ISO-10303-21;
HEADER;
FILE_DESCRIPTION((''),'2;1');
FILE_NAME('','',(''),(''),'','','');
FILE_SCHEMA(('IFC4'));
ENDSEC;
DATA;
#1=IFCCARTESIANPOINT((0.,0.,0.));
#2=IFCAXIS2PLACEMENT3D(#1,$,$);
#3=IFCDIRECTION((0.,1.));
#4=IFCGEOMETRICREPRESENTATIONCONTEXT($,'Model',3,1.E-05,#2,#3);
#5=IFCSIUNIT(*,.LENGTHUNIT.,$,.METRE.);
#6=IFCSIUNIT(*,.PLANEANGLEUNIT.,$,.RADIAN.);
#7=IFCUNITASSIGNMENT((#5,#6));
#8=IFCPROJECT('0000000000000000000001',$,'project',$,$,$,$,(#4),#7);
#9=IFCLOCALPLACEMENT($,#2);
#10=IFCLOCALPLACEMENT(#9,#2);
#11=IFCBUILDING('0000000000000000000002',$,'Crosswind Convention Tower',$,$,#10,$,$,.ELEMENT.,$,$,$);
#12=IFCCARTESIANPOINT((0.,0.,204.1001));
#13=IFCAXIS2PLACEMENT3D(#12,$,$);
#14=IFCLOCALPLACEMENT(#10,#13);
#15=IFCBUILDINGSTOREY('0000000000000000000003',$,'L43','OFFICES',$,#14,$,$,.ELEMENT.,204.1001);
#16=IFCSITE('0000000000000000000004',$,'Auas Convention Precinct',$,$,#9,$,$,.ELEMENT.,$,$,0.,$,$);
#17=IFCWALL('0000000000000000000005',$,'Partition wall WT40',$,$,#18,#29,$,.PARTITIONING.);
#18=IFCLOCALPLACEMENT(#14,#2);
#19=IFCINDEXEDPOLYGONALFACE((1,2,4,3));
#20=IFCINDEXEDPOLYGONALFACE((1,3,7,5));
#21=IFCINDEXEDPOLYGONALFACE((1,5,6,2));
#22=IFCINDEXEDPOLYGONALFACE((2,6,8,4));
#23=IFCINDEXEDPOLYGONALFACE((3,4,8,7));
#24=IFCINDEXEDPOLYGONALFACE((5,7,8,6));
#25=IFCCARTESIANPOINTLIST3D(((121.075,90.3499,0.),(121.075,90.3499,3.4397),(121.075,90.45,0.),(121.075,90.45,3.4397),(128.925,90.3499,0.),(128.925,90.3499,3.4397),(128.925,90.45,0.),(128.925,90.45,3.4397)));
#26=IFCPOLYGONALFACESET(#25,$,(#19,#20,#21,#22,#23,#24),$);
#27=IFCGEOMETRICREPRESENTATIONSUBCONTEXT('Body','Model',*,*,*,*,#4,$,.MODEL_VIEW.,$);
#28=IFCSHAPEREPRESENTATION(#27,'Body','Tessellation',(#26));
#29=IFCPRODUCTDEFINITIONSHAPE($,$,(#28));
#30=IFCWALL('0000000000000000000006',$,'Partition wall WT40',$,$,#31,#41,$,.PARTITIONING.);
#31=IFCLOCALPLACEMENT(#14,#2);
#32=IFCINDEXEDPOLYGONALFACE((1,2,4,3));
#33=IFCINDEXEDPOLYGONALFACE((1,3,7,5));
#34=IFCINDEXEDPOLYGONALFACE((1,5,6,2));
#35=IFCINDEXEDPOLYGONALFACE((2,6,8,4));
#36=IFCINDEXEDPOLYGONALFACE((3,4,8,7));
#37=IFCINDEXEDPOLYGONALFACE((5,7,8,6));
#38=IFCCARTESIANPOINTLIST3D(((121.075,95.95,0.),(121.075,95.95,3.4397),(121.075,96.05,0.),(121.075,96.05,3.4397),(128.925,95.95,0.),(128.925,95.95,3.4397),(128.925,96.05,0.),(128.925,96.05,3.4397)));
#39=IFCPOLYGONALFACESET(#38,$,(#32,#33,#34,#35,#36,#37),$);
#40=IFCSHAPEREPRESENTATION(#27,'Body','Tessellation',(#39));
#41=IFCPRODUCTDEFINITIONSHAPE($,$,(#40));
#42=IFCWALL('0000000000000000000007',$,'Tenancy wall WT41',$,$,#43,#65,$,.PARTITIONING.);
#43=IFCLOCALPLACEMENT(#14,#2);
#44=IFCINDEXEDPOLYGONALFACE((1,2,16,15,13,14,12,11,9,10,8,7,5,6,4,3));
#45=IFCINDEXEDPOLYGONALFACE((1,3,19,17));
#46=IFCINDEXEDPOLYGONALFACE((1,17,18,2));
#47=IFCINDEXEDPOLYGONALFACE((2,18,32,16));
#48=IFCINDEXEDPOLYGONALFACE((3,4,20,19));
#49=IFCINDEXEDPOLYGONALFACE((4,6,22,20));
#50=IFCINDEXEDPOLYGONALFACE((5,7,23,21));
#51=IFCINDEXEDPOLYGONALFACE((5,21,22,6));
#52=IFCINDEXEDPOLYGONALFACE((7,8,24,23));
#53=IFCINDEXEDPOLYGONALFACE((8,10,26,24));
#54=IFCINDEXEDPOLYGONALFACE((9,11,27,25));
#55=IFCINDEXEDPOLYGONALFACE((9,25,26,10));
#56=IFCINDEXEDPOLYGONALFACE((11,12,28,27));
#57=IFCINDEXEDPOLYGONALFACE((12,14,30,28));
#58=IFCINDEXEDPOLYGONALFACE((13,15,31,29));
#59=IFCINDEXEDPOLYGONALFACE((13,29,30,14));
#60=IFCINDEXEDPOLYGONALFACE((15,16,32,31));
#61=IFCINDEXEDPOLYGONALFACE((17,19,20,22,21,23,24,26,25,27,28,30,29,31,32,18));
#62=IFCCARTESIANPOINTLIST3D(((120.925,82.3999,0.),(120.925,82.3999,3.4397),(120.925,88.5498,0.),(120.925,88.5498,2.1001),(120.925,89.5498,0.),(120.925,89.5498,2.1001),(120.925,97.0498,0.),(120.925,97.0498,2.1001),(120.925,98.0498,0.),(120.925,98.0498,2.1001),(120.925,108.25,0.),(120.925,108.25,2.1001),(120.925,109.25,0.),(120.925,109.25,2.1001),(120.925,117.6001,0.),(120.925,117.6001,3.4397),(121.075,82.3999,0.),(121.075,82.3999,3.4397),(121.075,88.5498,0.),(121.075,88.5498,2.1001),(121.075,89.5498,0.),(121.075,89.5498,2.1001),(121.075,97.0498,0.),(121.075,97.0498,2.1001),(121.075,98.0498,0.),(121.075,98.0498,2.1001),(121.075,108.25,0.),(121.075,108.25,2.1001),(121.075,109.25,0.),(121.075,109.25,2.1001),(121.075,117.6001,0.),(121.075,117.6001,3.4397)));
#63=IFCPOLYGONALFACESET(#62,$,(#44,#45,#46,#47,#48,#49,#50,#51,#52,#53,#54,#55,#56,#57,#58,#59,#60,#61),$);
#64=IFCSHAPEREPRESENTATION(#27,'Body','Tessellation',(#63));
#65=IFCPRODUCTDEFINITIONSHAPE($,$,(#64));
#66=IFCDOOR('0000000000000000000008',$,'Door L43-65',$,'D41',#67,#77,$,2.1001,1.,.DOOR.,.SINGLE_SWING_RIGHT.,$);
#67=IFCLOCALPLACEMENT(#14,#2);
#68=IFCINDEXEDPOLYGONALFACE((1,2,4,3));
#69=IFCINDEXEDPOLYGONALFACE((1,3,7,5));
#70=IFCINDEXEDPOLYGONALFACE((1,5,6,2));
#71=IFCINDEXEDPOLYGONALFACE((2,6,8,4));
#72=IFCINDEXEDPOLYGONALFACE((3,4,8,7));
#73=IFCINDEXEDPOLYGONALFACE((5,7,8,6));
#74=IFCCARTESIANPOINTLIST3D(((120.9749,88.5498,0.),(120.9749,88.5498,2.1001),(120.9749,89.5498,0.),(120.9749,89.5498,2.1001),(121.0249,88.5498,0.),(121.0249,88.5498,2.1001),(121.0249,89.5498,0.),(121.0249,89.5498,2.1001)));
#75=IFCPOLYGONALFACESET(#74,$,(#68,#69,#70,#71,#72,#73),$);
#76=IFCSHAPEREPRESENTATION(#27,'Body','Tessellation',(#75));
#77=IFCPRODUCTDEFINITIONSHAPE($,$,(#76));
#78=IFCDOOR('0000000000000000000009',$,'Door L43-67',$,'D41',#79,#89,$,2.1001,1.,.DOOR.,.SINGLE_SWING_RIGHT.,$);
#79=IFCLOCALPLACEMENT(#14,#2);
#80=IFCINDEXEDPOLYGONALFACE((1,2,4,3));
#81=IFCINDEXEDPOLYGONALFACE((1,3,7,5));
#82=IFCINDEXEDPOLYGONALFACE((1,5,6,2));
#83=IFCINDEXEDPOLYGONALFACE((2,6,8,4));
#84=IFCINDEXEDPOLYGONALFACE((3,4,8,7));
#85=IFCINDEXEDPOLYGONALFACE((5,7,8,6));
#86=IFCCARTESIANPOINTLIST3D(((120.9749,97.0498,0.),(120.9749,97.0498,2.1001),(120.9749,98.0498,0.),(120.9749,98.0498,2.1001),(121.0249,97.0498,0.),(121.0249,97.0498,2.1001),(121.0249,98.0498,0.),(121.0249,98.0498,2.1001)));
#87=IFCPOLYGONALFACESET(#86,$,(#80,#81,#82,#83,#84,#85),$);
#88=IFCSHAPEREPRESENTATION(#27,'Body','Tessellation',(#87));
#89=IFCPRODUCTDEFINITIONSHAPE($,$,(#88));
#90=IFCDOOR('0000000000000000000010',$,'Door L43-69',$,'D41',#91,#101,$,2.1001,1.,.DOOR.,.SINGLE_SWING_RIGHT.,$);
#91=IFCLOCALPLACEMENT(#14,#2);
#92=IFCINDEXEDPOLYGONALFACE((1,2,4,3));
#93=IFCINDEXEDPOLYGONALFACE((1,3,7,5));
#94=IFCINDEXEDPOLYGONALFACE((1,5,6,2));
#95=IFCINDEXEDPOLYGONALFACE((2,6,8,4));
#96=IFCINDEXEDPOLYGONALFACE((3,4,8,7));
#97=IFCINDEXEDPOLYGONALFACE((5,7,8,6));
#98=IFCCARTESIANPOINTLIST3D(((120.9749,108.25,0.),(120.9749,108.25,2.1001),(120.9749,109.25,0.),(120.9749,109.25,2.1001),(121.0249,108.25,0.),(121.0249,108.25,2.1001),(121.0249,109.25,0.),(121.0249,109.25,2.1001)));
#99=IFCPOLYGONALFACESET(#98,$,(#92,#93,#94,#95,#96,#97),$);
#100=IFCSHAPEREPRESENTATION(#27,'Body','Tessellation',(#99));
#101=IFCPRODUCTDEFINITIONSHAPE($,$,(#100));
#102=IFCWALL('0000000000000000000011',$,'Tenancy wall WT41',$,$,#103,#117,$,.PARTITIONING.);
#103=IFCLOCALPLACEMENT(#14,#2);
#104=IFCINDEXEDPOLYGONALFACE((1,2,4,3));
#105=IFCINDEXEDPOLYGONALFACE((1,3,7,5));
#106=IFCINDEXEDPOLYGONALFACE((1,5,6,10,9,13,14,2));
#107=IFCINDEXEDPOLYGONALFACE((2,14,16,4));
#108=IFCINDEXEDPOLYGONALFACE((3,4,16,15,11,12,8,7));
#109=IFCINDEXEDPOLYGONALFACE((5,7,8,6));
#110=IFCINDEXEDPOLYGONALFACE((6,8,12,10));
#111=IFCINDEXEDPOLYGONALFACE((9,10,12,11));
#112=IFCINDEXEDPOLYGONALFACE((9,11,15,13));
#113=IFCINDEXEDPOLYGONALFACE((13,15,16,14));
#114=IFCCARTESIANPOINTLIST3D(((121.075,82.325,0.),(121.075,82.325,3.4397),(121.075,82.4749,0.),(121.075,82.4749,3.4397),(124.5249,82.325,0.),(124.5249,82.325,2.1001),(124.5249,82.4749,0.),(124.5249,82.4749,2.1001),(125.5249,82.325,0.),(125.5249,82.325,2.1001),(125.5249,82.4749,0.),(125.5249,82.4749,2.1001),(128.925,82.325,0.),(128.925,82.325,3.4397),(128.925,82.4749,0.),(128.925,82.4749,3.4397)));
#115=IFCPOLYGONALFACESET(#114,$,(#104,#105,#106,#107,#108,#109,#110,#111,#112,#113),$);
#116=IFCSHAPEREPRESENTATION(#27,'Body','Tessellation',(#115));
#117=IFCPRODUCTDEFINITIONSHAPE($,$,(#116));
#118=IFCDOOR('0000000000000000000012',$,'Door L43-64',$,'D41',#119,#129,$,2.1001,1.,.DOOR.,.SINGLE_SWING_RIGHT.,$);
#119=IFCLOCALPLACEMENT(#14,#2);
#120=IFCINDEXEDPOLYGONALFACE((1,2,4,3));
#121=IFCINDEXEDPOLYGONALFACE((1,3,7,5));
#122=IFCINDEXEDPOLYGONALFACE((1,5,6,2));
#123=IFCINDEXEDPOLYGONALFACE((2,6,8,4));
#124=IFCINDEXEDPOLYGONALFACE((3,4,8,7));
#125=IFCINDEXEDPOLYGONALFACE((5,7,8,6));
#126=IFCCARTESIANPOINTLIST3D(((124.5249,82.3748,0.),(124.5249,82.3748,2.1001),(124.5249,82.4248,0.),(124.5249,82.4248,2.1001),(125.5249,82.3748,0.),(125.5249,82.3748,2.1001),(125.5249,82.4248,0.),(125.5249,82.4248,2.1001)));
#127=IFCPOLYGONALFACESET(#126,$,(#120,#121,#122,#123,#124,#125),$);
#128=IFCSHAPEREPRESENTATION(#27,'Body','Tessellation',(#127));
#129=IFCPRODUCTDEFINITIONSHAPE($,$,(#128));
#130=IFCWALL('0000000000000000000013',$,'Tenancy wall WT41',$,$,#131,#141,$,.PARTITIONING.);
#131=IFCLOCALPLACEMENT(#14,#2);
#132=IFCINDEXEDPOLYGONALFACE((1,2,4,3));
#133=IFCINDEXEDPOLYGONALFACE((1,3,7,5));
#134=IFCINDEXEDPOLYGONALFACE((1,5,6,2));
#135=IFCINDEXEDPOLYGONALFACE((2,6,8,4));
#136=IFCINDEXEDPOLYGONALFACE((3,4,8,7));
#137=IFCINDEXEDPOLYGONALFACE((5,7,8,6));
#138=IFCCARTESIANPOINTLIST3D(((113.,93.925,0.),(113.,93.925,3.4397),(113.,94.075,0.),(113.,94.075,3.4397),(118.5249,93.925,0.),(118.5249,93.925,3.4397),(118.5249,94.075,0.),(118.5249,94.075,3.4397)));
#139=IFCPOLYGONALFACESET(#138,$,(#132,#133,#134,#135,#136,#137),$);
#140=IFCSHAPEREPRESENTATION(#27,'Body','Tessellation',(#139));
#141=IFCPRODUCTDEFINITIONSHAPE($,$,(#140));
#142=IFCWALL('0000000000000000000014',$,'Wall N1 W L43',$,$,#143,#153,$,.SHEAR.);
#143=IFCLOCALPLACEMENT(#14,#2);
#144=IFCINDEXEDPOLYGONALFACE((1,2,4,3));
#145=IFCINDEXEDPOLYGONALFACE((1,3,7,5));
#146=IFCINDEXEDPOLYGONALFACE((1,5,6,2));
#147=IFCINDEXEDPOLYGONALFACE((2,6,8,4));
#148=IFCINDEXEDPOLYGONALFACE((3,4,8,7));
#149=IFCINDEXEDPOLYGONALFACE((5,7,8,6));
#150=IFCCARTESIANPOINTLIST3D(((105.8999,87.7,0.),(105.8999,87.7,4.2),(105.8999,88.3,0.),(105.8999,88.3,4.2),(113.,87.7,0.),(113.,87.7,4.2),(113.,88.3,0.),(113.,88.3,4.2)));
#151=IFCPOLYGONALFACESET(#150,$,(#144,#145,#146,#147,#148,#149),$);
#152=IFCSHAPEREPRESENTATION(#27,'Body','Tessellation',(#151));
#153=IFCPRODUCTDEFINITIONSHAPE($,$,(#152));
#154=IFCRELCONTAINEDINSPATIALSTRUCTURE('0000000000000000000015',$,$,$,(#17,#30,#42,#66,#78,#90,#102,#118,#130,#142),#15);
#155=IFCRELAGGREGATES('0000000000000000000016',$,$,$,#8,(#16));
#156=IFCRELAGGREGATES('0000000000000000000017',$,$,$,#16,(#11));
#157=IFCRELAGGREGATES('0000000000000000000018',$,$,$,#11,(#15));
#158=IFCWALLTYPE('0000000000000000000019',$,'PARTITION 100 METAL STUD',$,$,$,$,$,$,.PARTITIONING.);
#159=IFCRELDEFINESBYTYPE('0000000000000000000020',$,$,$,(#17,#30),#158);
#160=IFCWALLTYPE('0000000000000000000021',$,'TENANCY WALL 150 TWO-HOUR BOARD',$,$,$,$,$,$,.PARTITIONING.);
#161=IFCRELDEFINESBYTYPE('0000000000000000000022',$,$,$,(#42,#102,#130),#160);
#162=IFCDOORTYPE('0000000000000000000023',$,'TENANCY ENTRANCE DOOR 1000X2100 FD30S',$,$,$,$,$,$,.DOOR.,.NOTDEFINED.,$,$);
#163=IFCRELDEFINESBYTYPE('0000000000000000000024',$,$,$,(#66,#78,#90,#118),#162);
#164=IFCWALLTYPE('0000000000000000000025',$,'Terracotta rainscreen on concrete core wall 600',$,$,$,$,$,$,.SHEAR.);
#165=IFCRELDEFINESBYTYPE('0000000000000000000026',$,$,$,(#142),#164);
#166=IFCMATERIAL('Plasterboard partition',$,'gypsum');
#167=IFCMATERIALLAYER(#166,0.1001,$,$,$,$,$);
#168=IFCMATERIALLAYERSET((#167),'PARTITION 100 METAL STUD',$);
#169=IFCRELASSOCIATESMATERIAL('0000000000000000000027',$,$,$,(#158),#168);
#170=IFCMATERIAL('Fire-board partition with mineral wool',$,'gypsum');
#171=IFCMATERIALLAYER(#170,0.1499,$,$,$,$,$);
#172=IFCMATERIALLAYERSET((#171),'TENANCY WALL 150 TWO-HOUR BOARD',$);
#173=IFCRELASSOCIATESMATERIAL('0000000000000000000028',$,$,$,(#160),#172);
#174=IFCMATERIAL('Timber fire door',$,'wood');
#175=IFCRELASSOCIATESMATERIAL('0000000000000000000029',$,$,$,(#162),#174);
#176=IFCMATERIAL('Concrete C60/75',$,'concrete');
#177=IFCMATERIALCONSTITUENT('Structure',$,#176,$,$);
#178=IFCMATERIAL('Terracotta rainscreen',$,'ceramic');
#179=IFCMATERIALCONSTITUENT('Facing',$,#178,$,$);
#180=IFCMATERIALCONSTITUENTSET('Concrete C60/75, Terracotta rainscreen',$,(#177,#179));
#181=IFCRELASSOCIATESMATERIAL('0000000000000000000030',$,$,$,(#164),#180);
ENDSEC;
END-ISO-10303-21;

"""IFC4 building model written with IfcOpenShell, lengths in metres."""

from ifc_helpers import new_model, si_unit, direction, frame, frame_2d, origin, place, context, subcontext, project, spatial, rectangle, extrude, material, layer, layer_set, constituent, constituent_set, type_object, element, fill, save


model = new_model("IFC4")

# Units and contexts
model_context = context("Model", 3, precision=1e-05, world=origin(), true_north=direction((0.0, 1.0)))
body_context = subcontext(model_context, "Body", "Model", "MODEL_VIEW")
ifc_project = project(units=[si_unit("LENGTHUNIT", "METRE"), si_unit("PLANEANGLEUNIT", "RADIAN")], contexts=[model_context])

# Site, building, storey
site_placement = place(None, origin())
site = spatial("IfcSite", under=ifc_project, at=site_placement, Name="Auas Convention Precinct", CompositionType="ELEMENT", RefElevation=0.0)
building_placement = place(site_placement, origin())
building = spatial("IfcBuilding", under=site, at=building_placement, Name="Crosswind Convention Tower", CompositionType="ELEMENT")
storey_placement = place(building_placement, frame((0.0, 0.0, 204.1001)))
storey = spatial("IfcBuildingStorey", under=building, at=storey_placement, Name="L43", Description="OFFICES", CompositionType="ELEMENT", Elevation=204.1001)

# Shared definitions
ifc_material_1 = material(Name="Concrete C60/75", Category="concrete")

# Walls
ifc_material_2 = material(Name="Plasterboard partition", Category="gypsum")
ifc_layer_1 = layer(ifc_material_2, 0.1001)
ifc_layer_set_1 = layer_set([ifc_layer_1], Name="PARTITION 100 METAL STUD")
wall_type_1 = type_object("IfcWallType", Name="PARTITION 100 METAL STUD", PredefinedType="PARTITIONING", material=ifc_layer_set_1)
for number, where, z_axis, x_axis, name in (
    (1, (121.075, 90.3999, 0.0), (0.0, 0.0, 1.0), (1.0, 0.0, 0.0), "Partition wall WT40"),
    (2, (121.075, 96.0, 0.0), (0.0, 0.0, 1.0), (1.0, 0.0, 0.0), "Partition wall WT40"),
):
    element("IfcWall", number, at=place(storey_placement, frame(where, z_axis=z_axis, x_axis=x_axis)), inside=storey, type_object=wall_type_1, Name=name, PredefinedType="PARTITIONING", context=body_context, shape_type="SweptSolid", body=[
        extrude(rectangle(XDim=7.8501, YDim=0.1001, at=frame_2d((3.925, 0.0))), origin(), (0.0, 0.0, 1.0), 3.4397),
    ])

# Wall, openings, doors
ifc_material_3 = material(Name="Fire-board partition with mineral wool", Category="gypsum")
ifc_layer_2 = layer(ifc_material_3, 0.1499)
ifc_layer_set_2 = layer_set([ifc_layer_2], Name="TENANCY WALL 150 TWO-HOUR BOARD")
wall_type_2 = type_object("IfcWallType", Name="TENANCY WALL 150 TWO-HOUR BOARD", PredefinedType="PARTITIONING", material=ifc_layer_set_2)
wall_1_placement = place(storey_placement, frame((121.0, 82.3999, 0.0), z_axis=(0.0, 0.0, 1.0), x_axis=(0.0, 1.0, 0.0)))
wall_1 = element("IfcWall", 3, at=wall_1_placement, inside=storey, type_object=wall_type_2, Name="Tenancy wall WT41", PredefinedType="PARTITIONING", context=body_context, shape_type="SweptSolid", body=[
    extrude(rectangle(XDim=35.2002, YDim=0.1499, at=frame_2d((17.6001, 0.0))), origin(), (0.0, 0.0, 1.0), 3.4397),
])
opening_1_placement = place(wall_1_placement, frame((6.1499, 0.0, 0.0)))
opening_1 = element("IfcOpeningElement", 4, at=opening_1_placement, cuts=wall_1, PredefinedType="OPENING", context=body_context, shape_type="SweptSolid", body=[
    extrude(rectangle(XDim=1.0, YDim=2.1001, at=frame_2d((0.5, 1.05))), frame((0.0, 0.085, 0.0), z_axis=(0.0, -1.0, 0.0), x_axis=(1.0, 0.0, 0.0)), (0.0, 0.0, 1.0), 0.1699),
])
opening_2_placement = place(wall_1_placement, frame((14.6499, 0.0, 0.0)))
opening_2 = element("IfcOpeningElement", 5, at=opening_2_placement, cuts=wall_1, PredefinedType="OPENING", context=body_context, shape_type="SweptSolid", body=[
    extrude(rectangle(XDim=1.0, YDim=2.1001, at=frame_2d((0.5, 1.05))), frame((0.0, 0.085, 0.0), z_axis=(0.0, -1.0, 0.0), x_axis=(1.0, 0.0, 0.0)), (0.0, 0.0, 1.0), 0.1699),
])
opening_3_placement = place(wall_1_placement, frame((25.8501, 0.0, 0.0)))
opening_3 = element("IfcOpeningElement", 6, at=opening_3_placement, cuts=wall_1, PredefinedType="OPENING", context=body_context, shape_type="SweptSolid", body=[
    extrude(rectangle(XDim=1.0, YDim=2.1001, at=frame_2d((0.5, 1.05))), frame((0.0, 0.085, 0.0), z_axis=(0.0, -1.0, 0.0), x_axis=(1.0, 0.0, 0.0)), (0.0, 0.0, 1.0), 0.1699),
])
ifc_material_4 = material(Name="Timber fire door", Category="wood")
door_type = type_object("IfcDoorType", Name="TENANCY ENTRANCE DOOR 1000X2100 FD30S", OperationType="NOTDEFINED", PredefinedType="DOOR", material=ifc_material_4)
door_1_placement = place(opening_1_placement, frame((1.0, 0.0, 0.0), z_axis=(0.0, 0.0, 1.0), x_axis=(-1.0, 0.0, 0.0)))
door_1 = element("IfcDoor", 7, at=door_1_placement, inside=storey, type_object=door_type, Name="Door L43-65", ObjectType="D41", OperationType="SINGLE_SWING_RIGHT", OverallHeight=2.1001, OverallWidth=1.0, PredefinedType="DOOR", context=body_context, shape_type="SweptSolid", body=[
    extrude(rectangle(XDim=1.0, YDim=2.1001, at=frame_2d((0.5, 1.05))), frame((0.0, 0.0249, 0.0), z_axis=(0.0, -1.0, 0.0), x_axis=(1.0, 0.0, 0.0)), (0.0, 0.0, 1.0), 0.05),
])
fill(opening_1, door_1)
door_2_placement = place(opening_2_placement, frame((1.0, 0.0, 0.0), z_axis=(0.0, 0.0, 1.0), x_axis=(-1.0, 0.0, 0.0)))
door_2 = element("IfcDoor", 8, at=door_2_placement, inside=storey, type_object=door_type, Name="Door L43-67", ObjectType="D41", OperationType="SINGLE_SWING_RIGHT", OverallHeight=2.1001, OverallWidth=1.0, PredefinedType="DOOR", context=body_context, shape_type="SweptSolid", body=[
    extrude(rectangle(XDim=1.0, YDim=2.1001, at=frame_2d((0.5, 1.05))), frame((0.0, 0.0249, 0.0), z_axis=(0.0, -1.0, 0.0), x_axis=(1.0, 0.0, 0.0)), (0.0, 0.0, 1.0), 0.05),
])
fill(opening_2, door_2)
door_3_placement = place(opening_3_placement, frame((1.0, 0.0, 0.0), z_axis=(0.0, 0.0, 1.0), x_axis=(-1.0, 0.0, 0.0)))
door_3 = element("IfcDoor", 9, at=door_3_placement, inside=storey, type_object=door_type, Name="Door L43-69", ObjectType="D41", OperationType="SINGLE_SWING_RIGHT", OverallHeight=2.1001, OverallWidth=1.0, PredefinedType="DOOR", context=body_context, shape_type="SweptSolid", body=[
    extrude(rectangle(XDim=1.0, YDim=2.1001, at=frame_2d((0.5, 1.05))), frame((0.0, 0.0249, 0.0), z_axis=(0.0, -1.0, 0.0), x_axis=(1.0, 0.0, 0.0)), (0.0, 0.0, 1.0), 0.05),
])
fill(opening_3, door_3)

# Wall, opening, door
wall_2_placement = place(storey_placement, frame((121.075, 82.3999, 0.0), z_axis=(0.0, 0.0, 1.0), x_axis=(1.0, 0.0, 0.0)))
wall_2 = element("IfcWall", 10, at=wall_2_placement, inside=storey, type_object=wall_type_2, Name="Tenancy wall WT41", PredefinedType="PARTITIONING", context=body_context, shape_type="SweptSolid", body=[
    extrude(rectangle(XDim=7.8501, YDim=0.1499, at=frame_2d((3.925, 0.0))), origin(), (0.0, 0.0, 1.0), 3.4397),
])
opening_4_placement = place(wall_2_placement, frame((3.45, 0.0, 0.0)))
opening_4 = element("IfcOpeningElement", 11, at=opening_4_placement, cuts=wall_2, PredefinedType="OPENING", context=body_context, shape_type="SweptSolid", body=[
    extrude(rectangle(XDim=1.0, YDim=2.1001, at=frame_2d((0.5, 1.05))), frame((0.0, 0.085, 0.0), z_axis=(0.0, -1.0, 0.0), x_axis=(1.0, 0.0, 0.0)), (0.0, 0.0, 1.0), 0.1699),
])
door_4_placement = place(opening_4_placement, origin())
door_4 = element("IfcDoor", 12, at=door_4_placement, inside=storey, type_object=door_type, Name="Door L43-64", ObjectType="D41", OperationType="SINGLE_SWING_RIGHT", OverallHeight=2.1001, OverallWidth=1.0, PredefinedType="DOOR", context=body_context, shape_type="SweptSolid", body=[
    extrude(rectangle(XDim=1.0, YDim=2.1001, at=frame_2d((0.5, 1.05))), frame((0.0, 0.0249, 0.0), z_axis=(0.0, -1.0, 0.0), x_axis=(1.0, 0.0, 0.0)), (0.0, 0.0, 1.0), 0.05),
])
fill(opening_4, door_4)

# Walls
wall_3_placement = place(storey_placement, frame((113.0, 94.0, 0.0), z_axis=(0.0, 0.0, 1.0), x_axis=(1.0, 0.0, 0.0)))
element("IfcWall", 13, at=wall_3_placement, inside=storey, type_object=wall_type_2, Name="Tenancy wall WT41", PredefinedType="PARTITIONING", context=body_context, shape_type="SweptSolid", body=[
    extrude(rectangle(XDim=5.5249, YDim=0.1499, at=frame_2d((2.7625, 0.0))), origin(), (0.0, 0.0, 1.0), 3.4397),
])
ifc_constituent_1 = constituent(ifc_material_1, Name="Structure")
ifc_material_5 = material(Name="Terracotta rainscreen", Category="ceramic")
ifc_constituent_2 = constituent(ifc_material_5, Name="Facing")
ifc_constituent_set = constituent_set(constituents=[ifc_constituent_1, ifc_constituent_2], Name="Concrete C60/75, Terracotta rainscreen")
wall_type_3 = type_object("IfcWallType", Name="Terracotta rainscreen on concrete core wall 600", PredefinedType="SHEAR", material=ifc_constituent_set)
wall_4_placement = place(storey_placement, frame((113.0, 88.0, 0.0), z_axis=(0.0, 0.0, 1.0), x_axis=(-1.0, 0.0, 0.0)))
element("IfcWall", 14, at=wall_4_placement, inside=storey, type_object=wall_type_3, Name="Wall N1 W L43", PredefinedType="SHEAR", context=body_context, shape_type="SweptSolid", body=[
    extrude(rectangle(XDim=7.1001, YDim=0.6001, at=frame_2d((3.55, 0.0))), origin(), (0.0, 0.0, 1.0), 4.2),
])

save(model, "model.ifc")
